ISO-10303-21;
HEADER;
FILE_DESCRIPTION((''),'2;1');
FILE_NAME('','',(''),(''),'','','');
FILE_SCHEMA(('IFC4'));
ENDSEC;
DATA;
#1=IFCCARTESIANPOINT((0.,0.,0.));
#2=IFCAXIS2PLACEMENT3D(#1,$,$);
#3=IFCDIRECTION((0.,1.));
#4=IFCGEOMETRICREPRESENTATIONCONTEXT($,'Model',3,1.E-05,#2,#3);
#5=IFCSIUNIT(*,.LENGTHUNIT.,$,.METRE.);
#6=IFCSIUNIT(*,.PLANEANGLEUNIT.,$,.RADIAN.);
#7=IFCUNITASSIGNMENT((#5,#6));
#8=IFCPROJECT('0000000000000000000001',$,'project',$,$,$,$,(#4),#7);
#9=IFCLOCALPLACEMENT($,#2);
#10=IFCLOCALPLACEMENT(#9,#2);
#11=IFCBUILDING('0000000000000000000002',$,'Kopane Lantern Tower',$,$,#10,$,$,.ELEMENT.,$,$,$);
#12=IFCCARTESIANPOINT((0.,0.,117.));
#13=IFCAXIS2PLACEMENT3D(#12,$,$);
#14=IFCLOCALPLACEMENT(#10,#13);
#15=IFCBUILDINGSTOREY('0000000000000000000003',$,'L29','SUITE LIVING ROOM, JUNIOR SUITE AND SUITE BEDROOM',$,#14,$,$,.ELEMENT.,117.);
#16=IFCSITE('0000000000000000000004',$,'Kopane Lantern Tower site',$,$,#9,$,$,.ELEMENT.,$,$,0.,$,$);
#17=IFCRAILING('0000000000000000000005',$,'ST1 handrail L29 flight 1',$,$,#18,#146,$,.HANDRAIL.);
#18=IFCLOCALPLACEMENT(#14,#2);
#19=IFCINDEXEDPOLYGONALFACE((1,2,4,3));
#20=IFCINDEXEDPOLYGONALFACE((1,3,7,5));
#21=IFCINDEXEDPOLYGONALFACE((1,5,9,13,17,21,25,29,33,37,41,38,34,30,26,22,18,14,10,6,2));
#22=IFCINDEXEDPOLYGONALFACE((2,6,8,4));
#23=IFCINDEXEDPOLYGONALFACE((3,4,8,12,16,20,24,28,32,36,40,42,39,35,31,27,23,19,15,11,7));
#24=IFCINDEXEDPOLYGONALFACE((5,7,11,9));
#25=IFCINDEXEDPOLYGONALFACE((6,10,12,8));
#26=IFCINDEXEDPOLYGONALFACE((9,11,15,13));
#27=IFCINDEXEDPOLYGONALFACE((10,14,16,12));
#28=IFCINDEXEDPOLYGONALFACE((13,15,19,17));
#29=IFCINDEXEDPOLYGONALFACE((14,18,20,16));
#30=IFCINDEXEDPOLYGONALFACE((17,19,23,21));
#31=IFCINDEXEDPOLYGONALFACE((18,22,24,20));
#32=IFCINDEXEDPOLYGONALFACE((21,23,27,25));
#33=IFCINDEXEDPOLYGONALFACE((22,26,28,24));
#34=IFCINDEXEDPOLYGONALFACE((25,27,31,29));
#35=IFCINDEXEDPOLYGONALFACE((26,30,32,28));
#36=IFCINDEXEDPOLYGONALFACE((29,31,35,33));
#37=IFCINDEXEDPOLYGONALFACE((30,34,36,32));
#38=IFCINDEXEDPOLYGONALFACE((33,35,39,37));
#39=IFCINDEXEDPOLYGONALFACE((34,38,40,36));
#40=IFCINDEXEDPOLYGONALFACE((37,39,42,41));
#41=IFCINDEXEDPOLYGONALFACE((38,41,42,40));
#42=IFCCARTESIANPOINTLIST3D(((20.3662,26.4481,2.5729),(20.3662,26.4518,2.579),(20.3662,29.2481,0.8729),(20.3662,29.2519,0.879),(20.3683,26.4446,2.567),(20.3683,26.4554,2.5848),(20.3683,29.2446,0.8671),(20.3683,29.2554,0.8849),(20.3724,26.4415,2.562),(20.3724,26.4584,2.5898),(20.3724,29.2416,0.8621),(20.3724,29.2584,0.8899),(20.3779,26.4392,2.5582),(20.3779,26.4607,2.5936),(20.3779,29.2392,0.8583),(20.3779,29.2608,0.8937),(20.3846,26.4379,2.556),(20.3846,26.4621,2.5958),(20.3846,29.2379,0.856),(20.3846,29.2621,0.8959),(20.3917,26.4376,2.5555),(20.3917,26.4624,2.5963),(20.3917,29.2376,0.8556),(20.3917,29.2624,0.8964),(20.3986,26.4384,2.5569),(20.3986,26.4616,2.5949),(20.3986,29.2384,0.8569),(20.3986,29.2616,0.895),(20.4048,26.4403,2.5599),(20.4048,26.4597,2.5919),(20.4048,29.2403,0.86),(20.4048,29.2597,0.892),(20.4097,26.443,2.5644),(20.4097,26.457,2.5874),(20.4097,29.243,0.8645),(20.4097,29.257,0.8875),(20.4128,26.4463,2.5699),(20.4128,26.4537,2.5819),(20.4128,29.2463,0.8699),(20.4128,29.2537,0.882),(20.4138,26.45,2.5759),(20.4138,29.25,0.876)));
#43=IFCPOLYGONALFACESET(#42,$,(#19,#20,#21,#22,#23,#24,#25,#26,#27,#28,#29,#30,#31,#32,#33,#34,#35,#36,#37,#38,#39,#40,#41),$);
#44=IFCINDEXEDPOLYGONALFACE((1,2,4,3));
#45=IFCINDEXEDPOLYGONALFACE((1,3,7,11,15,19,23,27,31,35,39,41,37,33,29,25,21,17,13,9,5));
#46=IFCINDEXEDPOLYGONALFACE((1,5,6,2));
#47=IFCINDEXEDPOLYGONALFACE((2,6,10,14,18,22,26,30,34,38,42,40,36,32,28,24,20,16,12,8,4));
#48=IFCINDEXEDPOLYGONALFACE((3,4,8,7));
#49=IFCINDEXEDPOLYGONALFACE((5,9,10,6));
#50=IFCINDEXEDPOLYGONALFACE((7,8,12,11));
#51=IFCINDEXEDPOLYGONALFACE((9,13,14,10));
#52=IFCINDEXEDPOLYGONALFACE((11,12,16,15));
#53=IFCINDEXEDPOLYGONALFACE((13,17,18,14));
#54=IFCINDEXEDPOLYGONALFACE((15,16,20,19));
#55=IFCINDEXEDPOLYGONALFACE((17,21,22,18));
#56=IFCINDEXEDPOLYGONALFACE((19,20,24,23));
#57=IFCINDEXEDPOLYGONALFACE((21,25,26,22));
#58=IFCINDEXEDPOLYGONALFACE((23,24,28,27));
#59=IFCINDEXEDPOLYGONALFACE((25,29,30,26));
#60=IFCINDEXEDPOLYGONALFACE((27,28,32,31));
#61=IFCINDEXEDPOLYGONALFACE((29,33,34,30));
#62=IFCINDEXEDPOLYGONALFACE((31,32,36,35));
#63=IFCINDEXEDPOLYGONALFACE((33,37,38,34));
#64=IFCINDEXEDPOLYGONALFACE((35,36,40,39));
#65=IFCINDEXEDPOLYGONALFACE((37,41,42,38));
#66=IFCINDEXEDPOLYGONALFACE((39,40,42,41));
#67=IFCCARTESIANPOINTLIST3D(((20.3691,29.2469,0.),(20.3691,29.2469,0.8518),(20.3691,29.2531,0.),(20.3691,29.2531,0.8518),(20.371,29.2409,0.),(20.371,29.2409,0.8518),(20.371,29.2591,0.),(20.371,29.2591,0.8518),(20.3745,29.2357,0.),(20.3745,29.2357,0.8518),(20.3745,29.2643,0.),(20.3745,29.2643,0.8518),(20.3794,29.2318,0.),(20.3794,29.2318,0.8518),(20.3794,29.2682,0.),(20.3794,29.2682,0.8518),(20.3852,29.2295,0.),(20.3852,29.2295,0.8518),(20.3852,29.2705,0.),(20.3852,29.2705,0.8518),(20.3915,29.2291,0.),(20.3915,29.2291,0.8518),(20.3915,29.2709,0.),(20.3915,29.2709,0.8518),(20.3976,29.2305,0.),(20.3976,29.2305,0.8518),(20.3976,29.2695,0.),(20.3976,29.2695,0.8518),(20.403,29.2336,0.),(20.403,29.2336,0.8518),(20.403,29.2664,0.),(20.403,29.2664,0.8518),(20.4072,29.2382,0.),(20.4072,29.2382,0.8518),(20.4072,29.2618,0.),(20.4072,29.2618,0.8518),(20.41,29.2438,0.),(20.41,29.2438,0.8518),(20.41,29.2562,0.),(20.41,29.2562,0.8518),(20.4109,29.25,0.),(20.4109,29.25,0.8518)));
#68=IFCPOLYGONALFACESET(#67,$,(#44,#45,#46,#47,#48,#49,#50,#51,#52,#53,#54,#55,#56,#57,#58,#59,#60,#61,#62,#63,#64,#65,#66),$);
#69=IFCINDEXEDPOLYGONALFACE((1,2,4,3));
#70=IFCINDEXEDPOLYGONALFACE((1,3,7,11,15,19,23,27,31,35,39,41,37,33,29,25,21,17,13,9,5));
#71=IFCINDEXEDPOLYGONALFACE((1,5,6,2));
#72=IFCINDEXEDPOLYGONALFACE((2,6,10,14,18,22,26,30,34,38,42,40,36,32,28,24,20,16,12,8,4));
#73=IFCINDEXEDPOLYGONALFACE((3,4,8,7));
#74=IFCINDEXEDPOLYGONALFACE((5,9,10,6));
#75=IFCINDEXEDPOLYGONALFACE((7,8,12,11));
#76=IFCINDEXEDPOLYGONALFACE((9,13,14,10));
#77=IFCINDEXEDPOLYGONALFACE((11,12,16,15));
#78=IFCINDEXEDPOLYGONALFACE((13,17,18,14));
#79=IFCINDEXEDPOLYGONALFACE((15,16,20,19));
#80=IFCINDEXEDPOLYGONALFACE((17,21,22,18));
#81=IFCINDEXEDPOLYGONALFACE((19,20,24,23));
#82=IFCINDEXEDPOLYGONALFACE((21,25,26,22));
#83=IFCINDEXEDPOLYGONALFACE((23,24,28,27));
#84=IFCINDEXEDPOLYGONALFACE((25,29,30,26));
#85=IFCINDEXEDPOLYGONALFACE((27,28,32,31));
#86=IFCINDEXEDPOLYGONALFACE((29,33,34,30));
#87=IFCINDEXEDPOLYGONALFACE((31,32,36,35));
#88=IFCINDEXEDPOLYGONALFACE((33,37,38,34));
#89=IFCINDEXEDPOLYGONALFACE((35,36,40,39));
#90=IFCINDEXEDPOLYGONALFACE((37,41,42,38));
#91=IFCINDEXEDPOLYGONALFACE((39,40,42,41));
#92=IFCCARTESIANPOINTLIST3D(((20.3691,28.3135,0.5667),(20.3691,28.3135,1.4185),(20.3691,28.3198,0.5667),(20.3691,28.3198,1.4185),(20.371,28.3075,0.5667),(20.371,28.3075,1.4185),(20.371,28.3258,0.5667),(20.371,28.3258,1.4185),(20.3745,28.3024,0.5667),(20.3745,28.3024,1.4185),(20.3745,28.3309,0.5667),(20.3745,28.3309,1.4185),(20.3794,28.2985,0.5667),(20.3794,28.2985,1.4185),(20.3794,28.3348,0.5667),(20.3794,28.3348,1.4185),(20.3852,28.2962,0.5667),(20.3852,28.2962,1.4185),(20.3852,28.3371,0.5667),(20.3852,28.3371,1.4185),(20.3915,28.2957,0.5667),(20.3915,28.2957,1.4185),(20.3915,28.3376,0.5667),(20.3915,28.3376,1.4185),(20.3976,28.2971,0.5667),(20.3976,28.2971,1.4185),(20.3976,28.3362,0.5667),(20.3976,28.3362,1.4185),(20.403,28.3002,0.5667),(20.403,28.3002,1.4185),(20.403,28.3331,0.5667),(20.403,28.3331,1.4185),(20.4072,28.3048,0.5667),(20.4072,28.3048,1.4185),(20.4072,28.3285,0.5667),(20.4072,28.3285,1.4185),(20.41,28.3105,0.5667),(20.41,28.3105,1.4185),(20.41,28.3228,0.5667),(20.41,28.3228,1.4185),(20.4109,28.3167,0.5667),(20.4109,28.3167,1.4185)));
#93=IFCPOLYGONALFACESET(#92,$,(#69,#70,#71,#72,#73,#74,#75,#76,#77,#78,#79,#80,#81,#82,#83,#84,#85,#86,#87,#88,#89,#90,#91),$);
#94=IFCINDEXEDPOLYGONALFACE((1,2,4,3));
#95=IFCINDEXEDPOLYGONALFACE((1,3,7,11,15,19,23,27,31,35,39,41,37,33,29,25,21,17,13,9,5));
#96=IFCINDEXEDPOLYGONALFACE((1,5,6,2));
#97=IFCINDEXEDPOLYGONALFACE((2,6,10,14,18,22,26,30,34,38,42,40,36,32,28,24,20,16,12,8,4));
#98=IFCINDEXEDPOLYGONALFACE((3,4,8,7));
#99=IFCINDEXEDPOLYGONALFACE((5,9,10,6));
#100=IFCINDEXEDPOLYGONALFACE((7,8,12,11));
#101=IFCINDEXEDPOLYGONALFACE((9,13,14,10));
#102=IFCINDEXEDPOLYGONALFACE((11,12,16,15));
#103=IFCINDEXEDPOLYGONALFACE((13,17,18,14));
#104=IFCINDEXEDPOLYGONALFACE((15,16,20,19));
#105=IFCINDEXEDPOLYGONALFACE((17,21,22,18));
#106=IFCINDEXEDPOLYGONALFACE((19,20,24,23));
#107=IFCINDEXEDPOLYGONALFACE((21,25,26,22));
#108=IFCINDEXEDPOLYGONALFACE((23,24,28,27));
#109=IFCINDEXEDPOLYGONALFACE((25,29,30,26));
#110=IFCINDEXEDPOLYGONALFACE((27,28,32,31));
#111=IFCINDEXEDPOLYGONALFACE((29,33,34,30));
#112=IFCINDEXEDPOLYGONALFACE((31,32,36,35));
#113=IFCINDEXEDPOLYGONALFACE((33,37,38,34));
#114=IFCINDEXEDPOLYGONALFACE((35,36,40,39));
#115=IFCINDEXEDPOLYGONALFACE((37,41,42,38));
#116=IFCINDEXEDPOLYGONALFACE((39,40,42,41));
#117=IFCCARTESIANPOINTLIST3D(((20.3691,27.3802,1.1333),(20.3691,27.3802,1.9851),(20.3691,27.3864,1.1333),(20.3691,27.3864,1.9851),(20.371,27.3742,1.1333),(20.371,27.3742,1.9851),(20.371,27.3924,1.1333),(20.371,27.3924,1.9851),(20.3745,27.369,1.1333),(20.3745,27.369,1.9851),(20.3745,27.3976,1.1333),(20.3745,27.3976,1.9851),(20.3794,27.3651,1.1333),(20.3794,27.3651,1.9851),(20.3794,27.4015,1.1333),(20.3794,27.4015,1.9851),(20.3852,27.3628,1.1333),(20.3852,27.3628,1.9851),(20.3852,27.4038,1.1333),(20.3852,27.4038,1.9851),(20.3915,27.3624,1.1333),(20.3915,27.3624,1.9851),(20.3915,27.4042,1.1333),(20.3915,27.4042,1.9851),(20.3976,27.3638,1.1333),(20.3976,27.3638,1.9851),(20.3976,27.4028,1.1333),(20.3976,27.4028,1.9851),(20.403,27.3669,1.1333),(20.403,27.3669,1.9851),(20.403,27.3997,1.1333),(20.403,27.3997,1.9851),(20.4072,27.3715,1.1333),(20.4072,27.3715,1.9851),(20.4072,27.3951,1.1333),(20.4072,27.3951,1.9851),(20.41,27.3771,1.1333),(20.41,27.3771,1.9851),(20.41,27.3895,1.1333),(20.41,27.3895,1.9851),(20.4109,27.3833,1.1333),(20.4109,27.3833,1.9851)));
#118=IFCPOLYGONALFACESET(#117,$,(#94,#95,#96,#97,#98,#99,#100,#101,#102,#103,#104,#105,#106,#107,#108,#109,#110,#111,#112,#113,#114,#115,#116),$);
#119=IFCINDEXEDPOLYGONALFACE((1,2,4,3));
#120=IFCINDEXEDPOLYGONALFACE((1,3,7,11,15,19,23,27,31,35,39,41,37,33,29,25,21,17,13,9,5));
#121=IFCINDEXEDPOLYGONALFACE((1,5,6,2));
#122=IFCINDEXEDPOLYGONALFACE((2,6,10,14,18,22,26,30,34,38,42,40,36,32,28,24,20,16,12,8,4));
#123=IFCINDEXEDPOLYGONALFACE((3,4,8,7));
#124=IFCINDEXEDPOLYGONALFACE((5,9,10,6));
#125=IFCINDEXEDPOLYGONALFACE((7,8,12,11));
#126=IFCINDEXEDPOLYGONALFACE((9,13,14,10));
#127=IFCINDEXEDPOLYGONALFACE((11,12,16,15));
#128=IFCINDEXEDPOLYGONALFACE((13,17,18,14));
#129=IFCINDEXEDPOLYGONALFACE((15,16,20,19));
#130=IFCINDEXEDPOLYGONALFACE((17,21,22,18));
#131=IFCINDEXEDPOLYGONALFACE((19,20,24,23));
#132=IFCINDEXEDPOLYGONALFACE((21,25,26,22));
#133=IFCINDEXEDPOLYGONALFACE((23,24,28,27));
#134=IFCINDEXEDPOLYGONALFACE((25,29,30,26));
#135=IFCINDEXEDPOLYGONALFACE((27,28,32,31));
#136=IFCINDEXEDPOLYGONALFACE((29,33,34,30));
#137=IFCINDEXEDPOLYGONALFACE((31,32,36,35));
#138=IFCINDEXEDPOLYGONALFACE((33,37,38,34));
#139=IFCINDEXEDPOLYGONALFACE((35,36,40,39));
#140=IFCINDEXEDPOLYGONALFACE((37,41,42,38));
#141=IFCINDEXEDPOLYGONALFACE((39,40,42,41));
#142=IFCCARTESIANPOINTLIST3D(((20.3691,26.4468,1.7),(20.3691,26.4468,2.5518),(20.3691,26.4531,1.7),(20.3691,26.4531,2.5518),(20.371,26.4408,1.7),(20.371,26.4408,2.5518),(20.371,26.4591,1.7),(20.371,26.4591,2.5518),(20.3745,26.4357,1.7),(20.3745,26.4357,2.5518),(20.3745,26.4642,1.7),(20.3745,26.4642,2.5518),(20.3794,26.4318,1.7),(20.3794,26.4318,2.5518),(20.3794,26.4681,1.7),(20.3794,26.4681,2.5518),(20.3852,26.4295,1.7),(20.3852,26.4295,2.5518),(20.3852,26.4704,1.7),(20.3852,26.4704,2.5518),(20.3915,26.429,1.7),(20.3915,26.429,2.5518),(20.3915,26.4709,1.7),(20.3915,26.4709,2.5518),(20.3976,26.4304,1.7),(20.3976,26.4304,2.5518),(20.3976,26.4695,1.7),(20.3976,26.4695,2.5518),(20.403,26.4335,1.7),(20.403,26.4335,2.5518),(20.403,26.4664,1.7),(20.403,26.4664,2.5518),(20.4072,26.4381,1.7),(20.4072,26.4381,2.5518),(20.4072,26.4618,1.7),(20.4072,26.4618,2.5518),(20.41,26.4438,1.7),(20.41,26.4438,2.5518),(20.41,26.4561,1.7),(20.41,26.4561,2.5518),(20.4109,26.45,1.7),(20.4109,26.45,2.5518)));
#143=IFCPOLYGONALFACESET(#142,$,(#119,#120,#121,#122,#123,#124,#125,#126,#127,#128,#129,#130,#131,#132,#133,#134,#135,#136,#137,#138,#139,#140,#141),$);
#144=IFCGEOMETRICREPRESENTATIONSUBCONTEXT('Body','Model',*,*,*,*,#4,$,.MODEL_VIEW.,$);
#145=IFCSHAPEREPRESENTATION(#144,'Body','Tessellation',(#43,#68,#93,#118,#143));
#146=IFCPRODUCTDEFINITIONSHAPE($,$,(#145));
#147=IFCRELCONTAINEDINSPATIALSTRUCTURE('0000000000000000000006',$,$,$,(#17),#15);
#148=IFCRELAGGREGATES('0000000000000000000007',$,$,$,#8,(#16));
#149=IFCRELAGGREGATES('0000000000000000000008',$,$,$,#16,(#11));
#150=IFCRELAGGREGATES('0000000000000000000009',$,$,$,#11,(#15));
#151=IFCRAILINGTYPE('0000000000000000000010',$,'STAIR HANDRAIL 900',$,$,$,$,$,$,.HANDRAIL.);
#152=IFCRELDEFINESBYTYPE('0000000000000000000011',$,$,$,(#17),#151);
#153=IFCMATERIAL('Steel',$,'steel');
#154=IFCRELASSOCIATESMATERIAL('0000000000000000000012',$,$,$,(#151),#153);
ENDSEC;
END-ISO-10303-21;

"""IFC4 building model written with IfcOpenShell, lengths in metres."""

from ifc_helpers import new_model, si_unit, direction, frame, origin, origin_2d, place, context, subcontext, project, spatial, circle, extrude, material, type_object, element, save


model = new_model("IFC4")

# Units and contexts
model_context = context("Model", 3, precision=1e-05, world=origin(), true_north=direction((0.0, 1.0)))
body_context = subcontext(model_context, "Body", "Model", "MODEL_VIEW")
ifc_project = project(units=[si_unit("LENGTHUNIT", "METRE"), si_unit("PLANEANGLEUNIT", "RADIAN")], contexts=[model_context])

# Site, building, storey
site_placement = place(None, origin())
site = spatial("IfcSite", under=ifc_project, at=site_placement, Name="Kopane Lantern Tower site", CompositionType="ELEMENT", RefElevation=0.0)
building_placement = place(site_placement, origin())
building = spatial("IfcBuilding", under=site, at=building_placement, Name="Kopane Lantern Tower", CompositionType="ELEMENT")
storey_placement = place(building_placement, frame((0.0, 0.0, 117.0)))
storey = spatial("IfcBuildingStorey", under=building, at=storey_placement, Name="L29", Description="SUITE LIVING ROOM, JUNIOR SUITE AND SUITE BEDROOM", CompositionType="ELEMENT", Elevation=117.0)

# Railing
ifc_material_1 = material(Name="Steel", Category="steel")
railing_type_1 = type_object("IfcRailingType", Name="STAIR HANDRAIL 900", PredefinedType="HANDRAIL", material=ifc_material_1)
for number, where, name in (
    (1, (20.3899, 29.25, 0.0), "ST1 handrail L29 flight 1"),
):
    element("IfcRailing", number, at=place(storey_placement, frame(where)), inside=storey, type_object=railing_type_1, Name=name, PredefinedType="HANDRAIL", context=body_context, shape_type="SweptSolid", body=[
        extrude(circle(Radius=0.0239, at=origin_2d()), frame((0.0, 0.0, 0.876), z_axis=(0.0, -0.854798, 0.518961), x_axis=(1.0, 0.0, 0.0)), (0.0, 0.0, 1.0), 3.2756),
        extrude(circle(Radius=0.021, at=origin_2d()), origin(), (0.0, 0.0, 1.0), 0.8518),
        extrude(circle(Radius=0.021, at=origin_2d()), frame((0.0, -0.9333, 0.5667)), (0.0, 0.0, 1.0), 0.8518),
        extrude(circle(Radius=0.021, at=origin_2d()), frame((0.0, -1.8667, 1.1333)), (0.0, 0.0, 1.0), 0.8518),
        extrude(circle(Radius=0.021, at=origin_2d()), frame((0.0, -2.8, 1.7)), (0.0, 0.0, 1.0), 0.8518),
    ])

save(model, "model.ifc")
